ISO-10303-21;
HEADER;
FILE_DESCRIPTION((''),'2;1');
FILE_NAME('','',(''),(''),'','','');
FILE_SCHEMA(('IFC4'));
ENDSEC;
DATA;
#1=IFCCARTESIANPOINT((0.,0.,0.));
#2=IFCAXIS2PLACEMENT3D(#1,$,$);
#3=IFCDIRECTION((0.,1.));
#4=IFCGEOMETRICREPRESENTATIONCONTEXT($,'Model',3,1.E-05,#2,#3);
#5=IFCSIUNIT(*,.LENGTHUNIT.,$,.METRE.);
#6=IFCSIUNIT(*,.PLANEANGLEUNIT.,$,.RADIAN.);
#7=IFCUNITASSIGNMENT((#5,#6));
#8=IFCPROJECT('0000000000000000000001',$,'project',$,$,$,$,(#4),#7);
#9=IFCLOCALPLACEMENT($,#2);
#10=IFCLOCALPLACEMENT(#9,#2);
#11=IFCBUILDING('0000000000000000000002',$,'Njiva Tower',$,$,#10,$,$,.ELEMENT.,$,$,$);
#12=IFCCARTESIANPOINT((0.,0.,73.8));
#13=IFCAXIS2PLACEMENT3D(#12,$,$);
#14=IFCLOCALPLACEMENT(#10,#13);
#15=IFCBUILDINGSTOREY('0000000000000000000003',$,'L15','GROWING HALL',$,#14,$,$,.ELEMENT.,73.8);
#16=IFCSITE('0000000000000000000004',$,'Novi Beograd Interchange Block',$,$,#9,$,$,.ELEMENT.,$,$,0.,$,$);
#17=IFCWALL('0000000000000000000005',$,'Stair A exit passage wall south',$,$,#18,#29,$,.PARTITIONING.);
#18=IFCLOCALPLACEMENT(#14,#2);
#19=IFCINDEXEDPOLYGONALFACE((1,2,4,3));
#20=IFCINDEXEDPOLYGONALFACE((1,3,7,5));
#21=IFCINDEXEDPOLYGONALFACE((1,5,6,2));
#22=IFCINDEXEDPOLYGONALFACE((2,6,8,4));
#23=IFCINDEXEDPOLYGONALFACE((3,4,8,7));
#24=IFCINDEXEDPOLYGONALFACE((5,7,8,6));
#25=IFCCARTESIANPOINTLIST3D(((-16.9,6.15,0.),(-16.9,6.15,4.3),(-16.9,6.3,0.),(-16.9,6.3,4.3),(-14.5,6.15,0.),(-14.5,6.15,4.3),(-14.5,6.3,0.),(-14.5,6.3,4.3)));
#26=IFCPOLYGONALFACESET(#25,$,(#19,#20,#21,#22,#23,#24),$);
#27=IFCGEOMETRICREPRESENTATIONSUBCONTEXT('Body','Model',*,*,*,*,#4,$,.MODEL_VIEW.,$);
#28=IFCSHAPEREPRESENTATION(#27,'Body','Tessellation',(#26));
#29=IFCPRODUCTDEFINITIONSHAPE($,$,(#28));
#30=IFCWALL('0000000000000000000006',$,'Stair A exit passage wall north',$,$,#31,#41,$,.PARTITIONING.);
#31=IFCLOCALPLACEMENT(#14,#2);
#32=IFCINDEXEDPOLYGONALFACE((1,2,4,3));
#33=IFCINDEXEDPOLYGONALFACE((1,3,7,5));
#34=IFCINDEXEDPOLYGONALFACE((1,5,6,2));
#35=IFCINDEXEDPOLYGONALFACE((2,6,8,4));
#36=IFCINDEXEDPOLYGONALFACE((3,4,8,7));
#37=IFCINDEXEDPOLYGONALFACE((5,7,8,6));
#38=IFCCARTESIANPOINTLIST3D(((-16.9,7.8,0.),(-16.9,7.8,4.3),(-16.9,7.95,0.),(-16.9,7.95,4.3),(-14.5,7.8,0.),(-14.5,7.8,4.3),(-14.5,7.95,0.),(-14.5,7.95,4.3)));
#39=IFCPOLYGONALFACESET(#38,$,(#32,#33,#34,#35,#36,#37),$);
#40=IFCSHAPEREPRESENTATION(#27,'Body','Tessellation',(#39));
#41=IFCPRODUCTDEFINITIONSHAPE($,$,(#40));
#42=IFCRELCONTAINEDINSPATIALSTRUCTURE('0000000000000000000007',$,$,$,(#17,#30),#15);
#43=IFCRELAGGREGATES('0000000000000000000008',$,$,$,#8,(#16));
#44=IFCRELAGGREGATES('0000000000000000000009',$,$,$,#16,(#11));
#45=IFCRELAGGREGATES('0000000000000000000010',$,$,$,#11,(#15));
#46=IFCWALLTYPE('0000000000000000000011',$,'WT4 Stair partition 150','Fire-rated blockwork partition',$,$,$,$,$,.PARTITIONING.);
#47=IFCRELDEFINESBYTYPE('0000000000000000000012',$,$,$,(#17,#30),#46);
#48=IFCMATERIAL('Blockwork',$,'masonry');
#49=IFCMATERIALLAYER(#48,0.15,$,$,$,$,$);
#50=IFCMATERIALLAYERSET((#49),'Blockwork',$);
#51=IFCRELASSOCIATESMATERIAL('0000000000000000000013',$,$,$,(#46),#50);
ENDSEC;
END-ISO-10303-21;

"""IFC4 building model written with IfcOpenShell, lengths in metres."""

from ifc_helpers import new_model, si_unit, direction, frame, frame_2d, origin, place, context, subcontext, project, spatial, rectangle, extrude, material, layer, layer_set, type_object, element, save


model = new_model("IFC4")

# Units and contexts
model_context = context("Model", 3, precision=1e-05, world=origin(), true_north=direction((0.0, 1.0)))
body_context = subcontext(model_context, "Body", "Model", "MODEL_VIEW")
ifc_project = project(units=[si_unit("LENGTHUNIT", "METRE"), si_unit("PLANEANGLEUNIT", "RADIAN")], contexts=[model_context])

# Site, building, storey
site_placement = place(None, origin())
site = spatial("IfcSite", under=ifc_project, at=site_placement, Name="Novi Beograd Interchange Block", CompositionType="ELEMENT", RefElevation=0.0)
building_placement = place(site_placement, origin())
building = spatial("IfcBuilding", under=site, at=building_placement, Name="Njiva Tower", CompositionType="ELEMENT")
storey_placement = place(building_placement, frame((0.0, 0.0, 73.8)))
storey = spatial("IfcBuildingStorey", under=building, at=storey_placement, Name="L15", Description="GROWING HALL", CompositionType="ELEMENT", Elevation=73.8)

# Walls
ifc_material_1 = material(Name="Blockwork", Category="masonry")
ifc_layer_1 = layer(ifc_material_1, 0.15)
ifc_layer_set_1 = layer_set([ifc_layer_1], Name="Blockwork")
wall_type_1 = type_object("IfcWallType", Name="WT4 Stair partition 150", Description="Fire-rated blockwork partition", PredefinedType="PARTITIONING", material=ifc_layer_set_1)
for number, where, z_axis, x_axis, name in (
    (1, (-16.9, 6.225, 0.0), (0.0, 0.0, 1.0), (1.0, 0.0, 0.0), "Stair A exit passage wall south"),
    (2, (-16.9, 7.875, 0.0), (0.0, 0.0, 1.0), (1.0, 0.0, 0.0), "Stair A exit passage wall north"),
):
    element("IfcWall", number, at=place(storey_placement, frame(where, z_axis=z_axis, x_axis=x_axis)), inside=storey, type_object=wall_type_1, Name=name, PredefinedType="PARTITIONING", context=body_context, shape_type="SweptSolid", body=[
        extrude(rectangle(XDim=2.4, YDim=0.15, at=frame_2d((1.2, 0.0))), origin(), (0.0, 0.0, 1.0), 4.3),
    ])

save(model, "model.ifc")
